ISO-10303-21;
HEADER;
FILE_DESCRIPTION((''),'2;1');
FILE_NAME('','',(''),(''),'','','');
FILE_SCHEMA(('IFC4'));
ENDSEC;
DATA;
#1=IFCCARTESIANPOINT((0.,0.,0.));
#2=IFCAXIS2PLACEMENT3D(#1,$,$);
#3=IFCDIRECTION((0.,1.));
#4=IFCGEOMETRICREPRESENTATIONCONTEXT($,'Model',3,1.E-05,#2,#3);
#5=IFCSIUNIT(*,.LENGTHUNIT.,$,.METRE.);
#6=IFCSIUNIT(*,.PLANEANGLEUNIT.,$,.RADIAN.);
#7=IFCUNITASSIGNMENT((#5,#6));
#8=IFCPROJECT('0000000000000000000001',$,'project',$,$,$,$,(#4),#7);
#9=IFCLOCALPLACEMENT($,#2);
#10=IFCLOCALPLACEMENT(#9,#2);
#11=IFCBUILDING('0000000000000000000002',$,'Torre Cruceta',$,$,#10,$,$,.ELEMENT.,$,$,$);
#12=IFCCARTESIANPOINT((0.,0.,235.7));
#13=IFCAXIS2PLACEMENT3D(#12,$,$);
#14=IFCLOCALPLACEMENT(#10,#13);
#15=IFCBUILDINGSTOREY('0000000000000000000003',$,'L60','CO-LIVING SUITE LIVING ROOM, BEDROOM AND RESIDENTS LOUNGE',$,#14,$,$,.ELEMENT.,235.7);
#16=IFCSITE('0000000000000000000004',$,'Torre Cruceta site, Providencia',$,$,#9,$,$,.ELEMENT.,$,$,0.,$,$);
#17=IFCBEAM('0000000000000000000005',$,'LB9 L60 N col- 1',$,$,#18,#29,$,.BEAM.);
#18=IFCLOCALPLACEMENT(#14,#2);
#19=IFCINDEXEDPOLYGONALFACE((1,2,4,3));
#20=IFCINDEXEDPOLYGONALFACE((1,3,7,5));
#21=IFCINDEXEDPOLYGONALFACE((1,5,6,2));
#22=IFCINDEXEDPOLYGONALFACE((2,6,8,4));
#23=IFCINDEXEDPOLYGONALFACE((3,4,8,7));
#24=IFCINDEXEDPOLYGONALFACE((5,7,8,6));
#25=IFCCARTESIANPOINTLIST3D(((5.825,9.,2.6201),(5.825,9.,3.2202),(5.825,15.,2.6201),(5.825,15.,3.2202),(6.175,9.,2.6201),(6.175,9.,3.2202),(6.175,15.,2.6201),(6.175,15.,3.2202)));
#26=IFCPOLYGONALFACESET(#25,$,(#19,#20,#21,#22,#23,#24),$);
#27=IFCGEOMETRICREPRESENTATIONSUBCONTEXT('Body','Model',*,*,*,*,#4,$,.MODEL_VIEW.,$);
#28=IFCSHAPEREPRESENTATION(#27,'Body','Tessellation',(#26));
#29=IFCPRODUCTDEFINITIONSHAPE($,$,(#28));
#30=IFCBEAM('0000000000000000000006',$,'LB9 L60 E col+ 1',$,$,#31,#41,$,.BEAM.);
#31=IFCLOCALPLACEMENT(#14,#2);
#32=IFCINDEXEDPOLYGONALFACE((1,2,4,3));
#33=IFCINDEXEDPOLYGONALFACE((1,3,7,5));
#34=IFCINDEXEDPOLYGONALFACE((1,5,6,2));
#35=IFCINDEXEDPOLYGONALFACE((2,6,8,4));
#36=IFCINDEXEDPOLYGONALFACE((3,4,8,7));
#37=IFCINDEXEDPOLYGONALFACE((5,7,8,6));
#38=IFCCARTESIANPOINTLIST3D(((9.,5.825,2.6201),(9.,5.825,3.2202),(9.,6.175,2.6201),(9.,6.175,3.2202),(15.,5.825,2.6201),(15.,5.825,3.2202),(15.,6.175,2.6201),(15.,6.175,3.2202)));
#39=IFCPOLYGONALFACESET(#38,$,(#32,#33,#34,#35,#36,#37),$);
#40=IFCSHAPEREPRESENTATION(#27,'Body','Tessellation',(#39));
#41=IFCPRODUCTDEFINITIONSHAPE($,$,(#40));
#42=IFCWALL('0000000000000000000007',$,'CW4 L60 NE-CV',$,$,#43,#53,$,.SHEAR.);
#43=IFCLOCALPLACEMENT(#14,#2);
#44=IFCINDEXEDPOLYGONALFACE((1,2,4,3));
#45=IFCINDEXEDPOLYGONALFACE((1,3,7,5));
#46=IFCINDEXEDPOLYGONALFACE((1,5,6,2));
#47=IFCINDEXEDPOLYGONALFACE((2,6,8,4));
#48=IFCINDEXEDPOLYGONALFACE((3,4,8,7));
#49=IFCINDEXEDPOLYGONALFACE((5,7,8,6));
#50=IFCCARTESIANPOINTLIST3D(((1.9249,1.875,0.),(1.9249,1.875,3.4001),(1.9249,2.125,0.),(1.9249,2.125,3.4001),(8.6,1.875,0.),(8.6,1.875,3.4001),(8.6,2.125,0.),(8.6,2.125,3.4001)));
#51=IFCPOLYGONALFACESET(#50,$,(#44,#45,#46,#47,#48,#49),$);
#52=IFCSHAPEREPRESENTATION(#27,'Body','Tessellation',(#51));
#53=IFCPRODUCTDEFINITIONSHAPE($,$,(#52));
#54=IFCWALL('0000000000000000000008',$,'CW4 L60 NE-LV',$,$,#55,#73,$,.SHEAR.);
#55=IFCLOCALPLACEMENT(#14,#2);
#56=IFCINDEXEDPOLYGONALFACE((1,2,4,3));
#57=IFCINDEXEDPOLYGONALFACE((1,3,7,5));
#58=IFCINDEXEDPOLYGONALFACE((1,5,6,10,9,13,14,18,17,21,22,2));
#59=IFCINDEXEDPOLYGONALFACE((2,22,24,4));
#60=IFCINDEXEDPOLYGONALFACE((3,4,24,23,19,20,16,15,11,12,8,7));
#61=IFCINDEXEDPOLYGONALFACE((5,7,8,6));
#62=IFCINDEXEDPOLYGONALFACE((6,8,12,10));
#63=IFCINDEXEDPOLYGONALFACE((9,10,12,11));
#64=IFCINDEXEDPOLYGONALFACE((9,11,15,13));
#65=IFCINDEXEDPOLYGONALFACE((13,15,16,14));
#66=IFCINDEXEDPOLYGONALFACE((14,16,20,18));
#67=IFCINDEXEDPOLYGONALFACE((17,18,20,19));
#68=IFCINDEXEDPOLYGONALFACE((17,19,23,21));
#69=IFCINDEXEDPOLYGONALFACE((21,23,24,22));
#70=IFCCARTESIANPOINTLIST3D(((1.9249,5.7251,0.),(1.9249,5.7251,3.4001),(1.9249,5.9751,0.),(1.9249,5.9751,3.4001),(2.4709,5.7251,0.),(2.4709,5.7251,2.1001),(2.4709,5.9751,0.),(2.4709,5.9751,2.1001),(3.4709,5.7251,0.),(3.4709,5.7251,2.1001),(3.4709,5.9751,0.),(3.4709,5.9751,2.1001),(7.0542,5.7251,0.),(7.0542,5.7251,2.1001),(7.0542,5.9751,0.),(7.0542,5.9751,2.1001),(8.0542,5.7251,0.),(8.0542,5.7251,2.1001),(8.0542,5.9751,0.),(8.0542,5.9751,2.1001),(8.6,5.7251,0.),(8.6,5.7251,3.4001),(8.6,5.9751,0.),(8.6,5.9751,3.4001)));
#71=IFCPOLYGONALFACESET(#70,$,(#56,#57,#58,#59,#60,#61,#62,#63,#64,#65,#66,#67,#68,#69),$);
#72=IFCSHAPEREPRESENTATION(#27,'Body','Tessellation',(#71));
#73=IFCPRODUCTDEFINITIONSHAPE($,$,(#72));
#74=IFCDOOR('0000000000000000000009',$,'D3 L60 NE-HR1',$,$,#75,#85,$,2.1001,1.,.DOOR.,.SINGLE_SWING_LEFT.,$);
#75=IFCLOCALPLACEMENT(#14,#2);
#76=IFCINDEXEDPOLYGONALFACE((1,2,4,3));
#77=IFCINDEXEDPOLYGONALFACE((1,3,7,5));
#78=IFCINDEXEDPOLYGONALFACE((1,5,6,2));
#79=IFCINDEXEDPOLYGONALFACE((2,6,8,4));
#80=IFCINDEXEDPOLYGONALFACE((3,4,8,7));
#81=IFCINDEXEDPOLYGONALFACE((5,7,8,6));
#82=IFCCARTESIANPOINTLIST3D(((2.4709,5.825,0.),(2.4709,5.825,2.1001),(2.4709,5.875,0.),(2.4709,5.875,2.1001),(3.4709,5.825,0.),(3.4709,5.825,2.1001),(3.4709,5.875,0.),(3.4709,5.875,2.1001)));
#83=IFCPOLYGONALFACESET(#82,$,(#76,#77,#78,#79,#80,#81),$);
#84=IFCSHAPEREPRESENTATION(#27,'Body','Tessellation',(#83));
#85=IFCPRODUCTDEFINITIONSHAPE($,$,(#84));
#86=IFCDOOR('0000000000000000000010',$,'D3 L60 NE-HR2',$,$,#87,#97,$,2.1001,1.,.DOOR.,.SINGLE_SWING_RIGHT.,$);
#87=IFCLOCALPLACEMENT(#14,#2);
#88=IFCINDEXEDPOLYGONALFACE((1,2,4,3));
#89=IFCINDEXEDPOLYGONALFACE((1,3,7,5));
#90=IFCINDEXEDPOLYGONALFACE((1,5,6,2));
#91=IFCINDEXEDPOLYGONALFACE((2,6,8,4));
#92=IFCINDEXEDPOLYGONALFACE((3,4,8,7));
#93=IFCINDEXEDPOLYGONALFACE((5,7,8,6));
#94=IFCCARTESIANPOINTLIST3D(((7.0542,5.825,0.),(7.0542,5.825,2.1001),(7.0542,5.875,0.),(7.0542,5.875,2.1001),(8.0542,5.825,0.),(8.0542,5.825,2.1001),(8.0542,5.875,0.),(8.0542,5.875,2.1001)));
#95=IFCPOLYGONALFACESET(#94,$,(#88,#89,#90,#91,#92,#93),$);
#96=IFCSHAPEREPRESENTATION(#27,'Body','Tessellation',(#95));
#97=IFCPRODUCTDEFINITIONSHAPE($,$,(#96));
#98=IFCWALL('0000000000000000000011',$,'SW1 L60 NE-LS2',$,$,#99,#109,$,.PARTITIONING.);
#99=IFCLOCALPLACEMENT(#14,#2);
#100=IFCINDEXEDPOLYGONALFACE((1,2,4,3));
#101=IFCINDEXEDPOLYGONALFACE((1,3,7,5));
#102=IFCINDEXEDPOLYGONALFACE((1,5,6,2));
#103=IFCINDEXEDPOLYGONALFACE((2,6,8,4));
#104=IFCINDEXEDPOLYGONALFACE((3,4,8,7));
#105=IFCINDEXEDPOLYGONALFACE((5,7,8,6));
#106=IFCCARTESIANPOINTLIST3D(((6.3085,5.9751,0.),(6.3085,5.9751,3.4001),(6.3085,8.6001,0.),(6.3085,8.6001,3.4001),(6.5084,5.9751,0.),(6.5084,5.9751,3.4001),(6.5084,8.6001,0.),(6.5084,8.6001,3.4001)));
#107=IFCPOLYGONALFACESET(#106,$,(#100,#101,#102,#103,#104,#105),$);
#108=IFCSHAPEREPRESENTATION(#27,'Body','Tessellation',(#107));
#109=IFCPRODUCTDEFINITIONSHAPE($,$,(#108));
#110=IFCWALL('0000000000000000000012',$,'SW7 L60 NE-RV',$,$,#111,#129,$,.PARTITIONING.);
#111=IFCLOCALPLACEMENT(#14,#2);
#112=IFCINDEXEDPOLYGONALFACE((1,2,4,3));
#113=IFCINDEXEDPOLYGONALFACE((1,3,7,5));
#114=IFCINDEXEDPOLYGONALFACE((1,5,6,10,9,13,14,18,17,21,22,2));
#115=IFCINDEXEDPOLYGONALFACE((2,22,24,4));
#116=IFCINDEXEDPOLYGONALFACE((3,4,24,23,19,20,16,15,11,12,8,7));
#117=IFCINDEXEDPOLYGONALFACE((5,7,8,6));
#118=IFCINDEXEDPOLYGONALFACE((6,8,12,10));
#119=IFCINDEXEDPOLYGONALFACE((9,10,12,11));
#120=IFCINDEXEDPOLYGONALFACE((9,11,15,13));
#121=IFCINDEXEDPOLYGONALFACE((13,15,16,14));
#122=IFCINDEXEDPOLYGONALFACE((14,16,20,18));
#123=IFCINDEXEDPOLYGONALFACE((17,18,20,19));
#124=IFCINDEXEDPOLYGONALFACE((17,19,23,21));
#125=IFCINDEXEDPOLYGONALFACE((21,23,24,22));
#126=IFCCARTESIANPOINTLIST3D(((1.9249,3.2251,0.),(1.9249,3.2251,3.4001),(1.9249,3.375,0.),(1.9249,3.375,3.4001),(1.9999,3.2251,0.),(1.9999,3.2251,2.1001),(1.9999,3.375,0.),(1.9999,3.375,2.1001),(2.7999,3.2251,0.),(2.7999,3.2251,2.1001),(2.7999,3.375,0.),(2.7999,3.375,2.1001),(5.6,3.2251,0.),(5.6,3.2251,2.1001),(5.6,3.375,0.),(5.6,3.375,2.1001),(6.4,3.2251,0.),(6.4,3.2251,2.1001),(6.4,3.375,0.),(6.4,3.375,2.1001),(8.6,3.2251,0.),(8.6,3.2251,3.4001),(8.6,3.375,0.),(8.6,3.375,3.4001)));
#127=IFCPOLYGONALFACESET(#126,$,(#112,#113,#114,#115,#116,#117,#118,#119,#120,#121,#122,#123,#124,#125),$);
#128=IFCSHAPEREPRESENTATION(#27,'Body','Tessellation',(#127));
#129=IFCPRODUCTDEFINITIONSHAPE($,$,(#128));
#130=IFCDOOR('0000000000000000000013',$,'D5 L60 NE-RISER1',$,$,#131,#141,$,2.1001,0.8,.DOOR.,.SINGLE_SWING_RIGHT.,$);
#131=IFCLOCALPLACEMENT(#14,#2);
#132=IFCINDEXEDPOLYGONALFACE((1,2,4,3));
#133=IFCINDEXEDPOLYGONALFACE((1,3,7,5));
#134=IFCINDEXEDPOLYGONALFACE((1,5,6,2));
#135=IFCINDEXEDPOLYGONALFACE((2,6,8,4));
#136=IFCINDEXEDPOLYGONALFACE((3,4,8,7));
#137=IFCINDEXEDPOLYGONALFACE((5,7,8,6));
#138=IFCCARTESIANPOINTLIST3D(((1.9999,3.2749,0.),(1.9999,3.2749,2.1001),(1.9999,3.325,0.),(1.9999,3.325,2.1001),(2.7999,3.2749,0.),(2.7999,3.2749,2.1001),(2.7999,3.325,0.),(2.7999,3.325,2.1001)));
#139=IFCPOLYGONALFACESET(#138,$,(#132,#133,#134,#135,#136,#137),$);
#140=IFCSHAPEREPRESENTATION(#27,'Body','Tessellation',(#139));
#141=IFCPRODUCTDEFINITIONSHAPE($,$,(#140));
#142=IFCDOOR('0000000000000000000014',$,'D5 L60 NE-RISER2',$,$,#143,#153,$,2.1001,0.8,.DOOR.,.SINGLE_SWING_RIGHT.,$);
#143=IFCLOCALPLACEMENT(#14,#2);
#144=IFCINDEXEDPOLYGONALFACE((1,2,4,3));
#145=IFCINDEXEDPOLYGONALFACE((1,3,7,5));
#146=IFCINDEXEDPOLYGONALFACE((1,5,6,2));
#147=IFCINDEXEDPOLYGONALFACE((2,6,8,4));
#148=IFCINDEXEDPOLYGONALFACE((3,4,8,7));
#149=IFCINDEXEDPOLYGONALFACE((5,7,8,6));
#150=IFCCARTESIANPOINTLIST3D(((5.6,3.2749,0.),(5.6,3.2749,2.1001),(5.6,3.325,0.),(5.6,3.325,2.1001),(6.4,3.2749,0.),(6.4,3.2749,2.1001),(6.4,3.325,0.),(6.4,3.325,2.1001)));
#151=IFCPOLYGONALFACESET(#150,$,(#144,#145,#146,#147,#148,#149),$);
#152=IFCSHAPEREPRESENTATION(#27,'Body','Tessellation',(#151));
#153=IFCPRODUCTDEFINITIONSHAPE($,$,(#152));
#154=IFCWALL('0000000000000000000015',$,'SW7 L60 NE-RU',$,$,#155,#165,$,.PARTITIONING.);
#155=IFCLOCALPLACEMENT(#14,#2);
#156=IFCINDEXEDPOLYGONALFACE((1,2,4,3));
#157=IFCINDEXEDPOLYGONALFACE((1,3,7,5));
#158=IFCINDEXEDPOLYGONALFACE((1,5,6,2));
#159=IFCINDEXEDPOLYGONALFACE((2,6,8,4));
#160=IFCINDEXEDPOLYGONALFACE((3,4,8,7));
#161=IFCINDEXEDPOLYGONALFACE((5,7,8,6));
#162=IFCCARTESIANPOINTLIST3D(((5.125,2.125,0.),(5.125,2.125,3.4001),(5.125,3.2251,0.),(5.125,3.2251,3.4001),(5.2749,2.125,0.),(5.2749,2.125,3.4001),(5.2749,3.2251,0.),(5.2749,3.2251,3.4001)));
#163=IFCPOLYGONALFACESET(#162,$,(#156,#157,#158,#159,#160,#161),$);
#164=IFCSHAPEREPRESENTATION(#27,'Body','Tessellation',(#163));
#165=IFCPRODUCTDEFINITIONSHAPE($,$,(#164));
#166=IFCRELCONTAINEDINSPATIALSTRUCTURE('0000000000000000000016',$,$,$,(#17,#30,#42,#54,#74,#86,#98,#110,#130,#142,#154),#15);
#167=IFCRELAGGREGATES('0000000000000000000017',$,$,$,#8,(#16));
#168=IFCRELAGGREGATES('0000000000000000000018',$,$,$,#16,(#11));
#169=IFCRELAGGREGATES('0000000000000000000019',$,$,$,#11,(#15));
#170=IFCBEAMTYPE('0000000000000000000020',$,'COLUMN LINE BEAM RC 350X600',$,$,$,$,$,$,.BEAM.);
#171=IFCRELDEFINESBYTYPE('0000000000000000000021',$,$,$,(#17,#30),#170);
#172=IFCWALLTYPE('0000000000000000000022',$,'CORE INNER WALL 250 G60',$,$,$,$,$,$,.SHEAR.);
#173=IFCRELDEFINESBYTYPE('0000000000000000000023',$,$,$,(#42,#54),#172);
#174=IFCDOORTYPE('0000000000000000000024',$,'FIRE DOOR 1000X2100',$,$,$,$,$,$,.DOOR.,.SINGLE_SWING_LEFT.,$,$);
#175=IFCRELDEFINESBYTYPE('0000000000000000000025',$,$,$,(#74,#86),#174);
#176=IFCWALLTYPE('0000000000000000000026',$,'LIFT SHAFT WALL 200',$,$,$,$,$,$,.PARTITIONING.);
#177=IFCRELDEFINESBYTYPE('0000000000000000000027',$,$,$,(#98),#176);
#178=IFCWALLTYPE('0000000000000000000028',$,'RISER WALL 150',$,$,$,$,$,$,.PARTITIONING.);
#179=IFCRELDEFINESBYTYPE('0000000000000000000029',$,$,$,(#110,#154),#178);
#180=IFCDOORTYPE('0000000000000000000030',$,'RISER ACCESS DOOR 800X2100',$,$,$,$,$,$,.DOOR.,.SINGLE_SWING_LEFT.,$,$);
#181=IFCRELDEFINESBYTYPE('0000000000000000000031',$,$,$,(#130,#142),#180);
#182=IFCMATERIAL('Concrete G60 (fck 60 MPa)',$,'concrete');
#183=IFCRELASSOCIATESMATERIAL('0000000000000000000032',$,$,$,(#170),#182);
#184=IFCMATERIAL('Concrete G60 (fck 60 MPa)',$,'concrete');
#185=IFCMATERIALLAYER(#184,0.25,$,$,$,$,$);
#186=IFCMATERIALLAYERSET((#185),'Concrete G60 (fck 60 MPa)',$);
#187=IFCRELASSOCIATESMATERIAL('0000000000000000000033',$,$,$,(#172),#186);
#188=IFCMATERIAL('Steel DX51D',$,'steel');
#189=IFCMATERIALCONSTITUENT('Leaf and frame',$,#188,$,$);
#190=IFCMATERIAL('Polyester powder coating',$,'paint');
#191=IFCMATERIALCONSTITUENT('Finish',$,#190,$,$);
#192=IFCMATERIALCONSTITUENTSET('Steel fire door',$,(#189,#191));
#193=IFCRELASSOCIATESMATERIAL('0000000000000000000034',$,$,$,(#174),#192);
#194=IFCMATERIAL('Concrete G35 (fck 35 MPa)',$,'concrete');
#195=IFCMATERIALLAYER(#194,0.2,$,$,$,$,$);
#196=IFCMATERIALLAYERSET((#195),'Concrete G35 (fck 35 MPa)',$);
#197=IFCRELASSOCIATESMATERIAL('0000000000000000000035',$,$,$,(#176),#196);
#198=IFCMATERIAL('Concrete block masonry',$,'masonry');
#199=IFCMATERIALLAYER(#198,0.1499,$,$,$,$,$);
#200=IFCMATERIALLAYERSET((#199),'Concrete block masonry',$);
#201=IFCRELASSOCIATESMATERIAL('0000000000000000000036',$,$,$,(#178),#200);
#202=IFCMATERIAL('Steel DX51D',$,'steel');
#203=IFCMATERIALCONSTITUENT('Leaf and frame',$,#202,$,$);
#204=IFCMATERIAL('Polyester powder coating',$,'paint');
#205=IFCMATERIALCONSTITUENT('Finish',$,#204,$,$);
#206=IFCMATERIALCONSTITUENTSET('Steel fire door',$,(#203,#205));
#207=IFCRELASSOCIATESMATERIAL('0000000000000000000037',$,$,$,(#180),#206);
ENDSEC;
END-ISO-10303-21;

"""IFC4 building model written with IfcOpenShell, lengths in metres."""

from ifc_helpers import new_model, si_unit, direction, frame, frame_2d, origin, origin_2d, place, context, subcontext, project, spatial, rectangle, extrude, material, layer, layer_set, constituent, constituent_set, material_profile, profile_set, type_object, element, fill, save


model = new_model("IFC4")

# Units and contexts
model_context = context("Model", 3, precision=1e-05, world=origin(), true_north=direction((0.0, 1.0)))
body_context = subcontext(model_context, "Body", "Model", "MODEL_VIEW")
ifc_project = project(units=[si_unit("LENGTHUNIT", "METRE"), si_unit("PLANEANGLEUNIT", "RADIAN")], contexts=[model_context])

# Site, building, storey
site_placement = place(None, origin())
site = spatial("IfcSite", under=ifc_project, at=site_placement, Name="Torre Cruceta site, Providencia", CompositionType="ELEMENT", RefElevation=0.0)
building_placement = place(site_placement, origin())
building = spatial("IfcBuilding", under=site, at=building_placement, Name="Torre Cruceta", CompositionType="ELEMENT")
storey_placement = place(building_placement, frame((0.0, 0.0, 235.7)))
storey = spatial("IfcBuildingStorey", under=building, at=storey_placement, Name="L60", Description="CO-LIVING SUITE LIVING ROOM, BEDROOM AND RESIDENTS LOUNGE", CompositionType="ELEMENT", Elevation=235.7)

# Beams
ifc_material_1 = material(Name="Concrete G60 (fck 60 MPa)", Category="concrete")
ifc_material_profile = material_profile(ifc_material_1, rectangle(XDim=0.3501, YDim=0.6001, at=origin_2d()), Name="RC 350X600")
ifc_profile_set = profile_set([ifc_material_profile], Name="Concrete G60 (fck 60 MPa)")
beam_type = type_object("IfcBeamType", Name="COLUMN LINE BEAM RC 350X600", PredefinedType="BEAM", material=ifc_profile_set)
for number, where, z_axis, x_axis, name in (
    (1, (6.0, 9.0, 2.9202), (0.0, 1.0, 0.0), (-1.0, 0.0, 0.0), "LB9 L60 N col- 1"),
    (2, (9.0, 6.0, 2.9202), (1.0, 0.0, 0.0), (0.0, 1.0, 0.0), "LB9 L60 E col+ 1"),
):
    element("IfcBeam", number, at=place(storey_placement, frame(where, z_axis=z_axis, x_axis=x_axis)), inside=storey, type_object=beam_type, Name=name, PredefinedType="BEAM", context=body_context, shape_type="SweptSolid", body=[
        extrude(rectangle(XDim=0.3501, YDim=0.6001, at=origin_2d()), origin(), (0.0, 0.0, 1.0), 6.0),
    ])

# Shared definitions
ifc_material_2 = material(Name="Concrete G60 (fck 60 MPa)", Category="concrete")
ifc_layer_1 = layer(ifc_material_2, 0.25)
ifc_layer_set_1 = layer_set([ifc_layer_1], Name="Concrete G60 (fck 60 MPa)")
wall_type_1 = type_object("IfcWallType", Name="CORE INNER WALL 250 G60", PredefinedType="SHEAR", material=ifc_layer_set_1)

# Wall
wall_1_placement = place(storey_placement, frame((1.925, 2.0, 0.0), z_axis=(0.0, 0.0, 1.0), x_axis=(1.0, 0.0, 0.0)))
element("IfcWall", 3, at=wall_1_placement, inside=storey, type_object=wall_type_1, Name="CW4 L60 NE-CV", PredefinedType="SHEAR", context=body_context, shape_type="SweptSolid", body=[
    extrude(rectangle(XDim=6.675, YDim=0.25, at=frame_2d((3.3374, 0.0))), origin(), (0.0, 0.0, 1.0), 3.4001),
])

# Wall, openings, doors
wall_2_placement = place(storey_placement, frame((1.925, 5.8501, 0.0), z_axis=(0.0, 0.0, 1.0), x_axis=(1.0, 0.0, 0.0)))
wall_2 = element("IfcWall", 4, at=wall_2_placement, inside=storey, type_object=wall_type_1, Name="CW4 L60 NE-LV", PredefinedType="SHEAR", context=body_context, shape_type="SweptSolid", body=[
    extrude(rectangle(XDim=6.675, YDim=0.25, at=frame_2d((3.3374, 0.0))), origin(), (0.0, 0.0, 1.0), 3.4001),
])
opening_1_placement = place(wall_2_placement, frame((0.5459, 0.0, 0.0)))
opening_1 = element("IfcOpeningElement", 5, at=opening_1_placement, cuts=wall_2, PredefinedType="OPENING", context=body_context, shape_type="SweptSolid", body=[
    extrude(rectangle(XDim=1.0, YDim=2.1001, at=frame_2d((0.5, 1.05))), frame((0.0, 0.135, 0.0), z_axis=(0.0, -1.0, 0.0), x_axis=(1.0, 0.0, 0.0)), (0.0, 0.0, 1.0), 0.27),
])
opening_2_placement = place(wall_2_placement, frame((5.1292, 0.0, 0.0)))
opening_2 = element("IfcOpeningElement", 6, at=opening_2_placement, cuts=wall_2, PredefinedType="OPENING", context=body_context, shape_type="SweptSolid", body=[
    extrude(rectangle(XDim=1.0, YDim=2.1001, at=frame_2d((0.5, 1.05))), frame((0.0, 0.135, 0.0), z_axis=(0.0, -1.0, 0.0), x_axis=(1.0, 0.0, 0.0)), (0.0, 0.0, 1.0), 0.27),
])
ifc_material_3 = material(Name="Steel DX51D", Category="steel")
ifc_constituent_1 = constituent(ifc_material_3, Name="Leaf and frame")
ifc_material_4 = material(Name="Polyester powder coating", Category="paint")
ifc_constituent_2 = constituent(ifc_material_4, Name="Finish")
ifc_constituent_set_1 = constituent_set(constituents=[ifc_constituent_1, ifc_constituent_2], Name="Steel fire door")
door_type_1 = type_object("IfcDoorType", Name="FIRE DOOR 1000X2100", OperationType="SINGLE_SWING_LEFT", PredefinedType="DOOR", material=ifc_constituent_set_1)
door_1_placement = place(opening_1_placement, origin())
door_1 = element("IfcDoor", 7, at=door_1_placement, inside=storey, type_object=door_type_1, Name="D3 L60 NE-HR1", OperationType="SINGLE_SWING_LEFT", OverallHeight=2.1001, OverallWidth=1.0, PredefinedType="DOOR", context=body_context, shape_type="SweptSolid", body=[
    extrude(rectangle(XDim=1.0, YDim=2.1001, at=frame_2d((0.5, 1.05))), frame((0.0, 0.0249, 0.0), z_axis=(0.0, -1.0, 0.0), x_axis=(1.0, 0.0, 0.0)), (0.0, 0.0, 1.0), 0.05),
])
fill(opening_1, door_1)
door_2_placement = place(opening_2_placement, origin())
door_2 = element("IfcDoor", 8, at=door_2_placement, inside=storey, type_object=door_type_1, Name="D3 L60 NE-HR2", OperationType="SINGLE_SWING_RIGHT", OverallHeight=2.1001, OverallWidth=1.0, PredefinedType="DOOR", context=body_context, shape_type="SweptSolid", body=[
    extrude(rectangle(XDim=1.0, YDim=2.1001, at=frame_2d((0.5, 1.05))), frame((0.0, 0.0249, 0.0), z_axis=(0.0, -1.0, 0.0), x_axis=(1.0, 0.0, 0.0)), (0.0, 0.0, 1.0), 0.05),
])
fill(opening_2, door_2)

# Wall
ifc_material_5 = material(Name="Concrete G35 (fck 35 MPa)", Category="concrete")
ifc_layer_2 = layer(ifc_material_5, 0.2)
ifc_layer_set_2 = layer_set([ifc_layer_2], Name="Concrete G35 (fck 35 MPa)")
wall_type_2 = type_object("IfcWallType", Name="LIFT SHAFT WALL 200", PredefinedType="PARTITIONING", material=ifc_layer_set_2)
wall_3_placement = place(storey_placement, frame((6.4084, 5.9751, 0.0), z_axis=(0.0, 0.0, 1.0), x_axis=(0.0, 1.0, 0.0)))
element("IfcWall", 9, at=wall_3_placement, inside=storey, type_object=wall_type_2, Name="SW1 L60 NE-LS2", PredefinedType="PARTITIONING", context=body_context, shape_type="SweptSolid", body=[
    extrude(rectangle(XDim=2.625, YDim=0.2, at=frame_2d((1.3125, 0.0))), origin(), (0.0, 0.0, 1.0), 3.4001),
])

# Wall, openings, doors
ifc_material_6 = material(Name="Concrete block masonry", Category="masonry")
ifc_layer_3 = layer(ifc_material_6, 0.1499)
ifc_layer_set_3 = layer_set([ifc_layer_3], Name="Concrete block masonry")
wall_type_3 = type_object("IfcWallType", Name="RISER WALL 150", PredefinedType="PARTITIONING", material=ifc_layer_set_3)
wall_4_placement = place(storey_placement, frame((1.925, 3.3, 0.0), z_axis=(0.0, 0.0, 1.0), x_axis=(1.0, 0.0, 0.0)))
wall_4 = element("IfcWall", 10, at=wall_4_placement, inside=storey, type_object=wall_type_3, Name="SW7 L60 NE-RV", PredefinedType="PARTITIONING", context=body_context, shape_type="SweptSolid", body=[
    extrude(rectangle(XDim=6.675, YDim=0.1499, at=frame_2d((3.3374, 0.0))), origin(), (0.0, 0.0, 1.0), 3.4001),
])
opening_3_placement = place(wall_4_placement, frame((0.075, 0.0, 0.0)))
opening_3 = element("IfcOpeningElement", 11, at=opening_3_placement, cuts=wall_4, PredefinedType="OPENING", context=body_context, shape_type="SweptSolid", body=[
    extrude(rectangle(XDim=0.8, YDim=2.1001, at=frame_2d((0.3999, 1.05))), frame((0.0, 0.085, 0.0), z_axis=(0.0, -1.0, 0.0), x_axis=(1.0, 0.0, 0.0)), (0.0, 0.0, 1.0), 0.1699),
])
opening_4_placement = place(wall_4_placement, frame((3.675, 0.0, 0.0)))
opening_4 = element("IfcOpeningElement", 12, at=opening_4_placement, cuts=wall_4, PredefinedType="OPENING", context=body_context, shape_type="SweptSolid", body=[
    extrude(rectangle(XDim=0.8, YDim=2.1001, at=frame_2d((0.3999, 1.05))), frame((0.0, 0.085, 0.0), z_axis=(0.0, -1.0, 0.0), x_axis=(1.0, 0.0, 0.0)), (0.0, 0.0, 1.0), 0.1699),
])
ifc_material_7 = material(Name="Steel DX51D", Category="steel")
ifc_constituent_3 = constituent(ifc_material_7, Name="Leaf and frame")
ifc_material_8 = material(Name="Polyester powder coating", Category="paint")
ifc_constituent_4 = constituent(ifc_material_8, Name="Finish")
ifc_constituent_set_2 = constituent_set(constituents=[ifc_constituent_3, ifc_constituent_4], Name="Steel fire door")
door_type_2 = type_object("IfcDoorType", Name="RISER ACCESS DOOR 800X2100", OperationType="SINGLE_SWING_LEFT", PredefinedType="DOOR", material=ifc_constituent_set_2)
door_3_placement = place(opening_3_placement, frame((0.8, 0.0, 0.0), z_axis=(0.0, 0.0, 1.0), x_axis=(-1.0, 0.0, 0.0)))
door_3 = element("IfcDoor", 13, at=door_3_placement, inside=storey, type_object=door_type_2, Name="D5 L60 NE-RISER1", OperationType="SINGLE_SWING_RIGHT", OverallHeight=2.1001, OverallWidth=0.8, PredefinedType="DOOR", context=body_context, shape_type="SweptSolid", body=[
    extrude(rectangle(XDim=0.8, YDim=2.1001, at=frame_2d((0.4001, 1.05))), frame((0.0, 0.0251, 0.0), z_axis=(0.0, -1.0, 0.0), x_axis=(1.0, 0.0, 0.0)), (0.0, 0.0, 1.0), 0.05),
])
fill(opening_3, door_3)
door_4_placement = place(opening_4_placement, frame((0.8, 0.0, 0.0), z_axis=(0.0, 0.0, 1.0), x_axis=(-1.0, 0.0, 0.0)))
door_4 = element("IfcDoor", 14, at=door_4_placement, inside=storey, type_object=door_type_2, Name="D5 L60 NE-RISER2", OperationType="SINGLE_SWING_RIGHT", OverallHeight=2.1001, OverallWidth=0.8, PredefinedType="DOOR", context=body_context, shape_type="SweptSolid", body=[
    extrude(rectangle(XDim=0.8, YDim=2.1001, at=frame_2d((0.4001, 1.05))), frame((0.0, 0.0251, 0.0), z_axis=(0.0, -1.0, 0.0), x_axis=(1.0, 0.0, 0.0)), (0.0, 0.0, 1.0), 0.05),
])
fill(opening_4, door_4)

# Wall
wall_5_placement = place(storey_placement, frame((5.2, 2.125, 0.0), z_axis=(0.0, 0.0, 1.0), x_axis=(0.0, 1.0, 0.0)))
element("IfcWall", 15, at=wall_5_placement, inside=storey, type_object=wall_type_3, Name="SW7 L60 NE-RU", PredefinedType="PARTITIONING", context=body_context, shape_type="SweptSolid", body=[
    extrude(rectangle(XDim=1.1001, YDim=0.1499, at=frame_2d((0.55, 0.0))), origin(), (0.0, 0.0, 1.0), 3.4001),
])

save(model, "model.ifc")
